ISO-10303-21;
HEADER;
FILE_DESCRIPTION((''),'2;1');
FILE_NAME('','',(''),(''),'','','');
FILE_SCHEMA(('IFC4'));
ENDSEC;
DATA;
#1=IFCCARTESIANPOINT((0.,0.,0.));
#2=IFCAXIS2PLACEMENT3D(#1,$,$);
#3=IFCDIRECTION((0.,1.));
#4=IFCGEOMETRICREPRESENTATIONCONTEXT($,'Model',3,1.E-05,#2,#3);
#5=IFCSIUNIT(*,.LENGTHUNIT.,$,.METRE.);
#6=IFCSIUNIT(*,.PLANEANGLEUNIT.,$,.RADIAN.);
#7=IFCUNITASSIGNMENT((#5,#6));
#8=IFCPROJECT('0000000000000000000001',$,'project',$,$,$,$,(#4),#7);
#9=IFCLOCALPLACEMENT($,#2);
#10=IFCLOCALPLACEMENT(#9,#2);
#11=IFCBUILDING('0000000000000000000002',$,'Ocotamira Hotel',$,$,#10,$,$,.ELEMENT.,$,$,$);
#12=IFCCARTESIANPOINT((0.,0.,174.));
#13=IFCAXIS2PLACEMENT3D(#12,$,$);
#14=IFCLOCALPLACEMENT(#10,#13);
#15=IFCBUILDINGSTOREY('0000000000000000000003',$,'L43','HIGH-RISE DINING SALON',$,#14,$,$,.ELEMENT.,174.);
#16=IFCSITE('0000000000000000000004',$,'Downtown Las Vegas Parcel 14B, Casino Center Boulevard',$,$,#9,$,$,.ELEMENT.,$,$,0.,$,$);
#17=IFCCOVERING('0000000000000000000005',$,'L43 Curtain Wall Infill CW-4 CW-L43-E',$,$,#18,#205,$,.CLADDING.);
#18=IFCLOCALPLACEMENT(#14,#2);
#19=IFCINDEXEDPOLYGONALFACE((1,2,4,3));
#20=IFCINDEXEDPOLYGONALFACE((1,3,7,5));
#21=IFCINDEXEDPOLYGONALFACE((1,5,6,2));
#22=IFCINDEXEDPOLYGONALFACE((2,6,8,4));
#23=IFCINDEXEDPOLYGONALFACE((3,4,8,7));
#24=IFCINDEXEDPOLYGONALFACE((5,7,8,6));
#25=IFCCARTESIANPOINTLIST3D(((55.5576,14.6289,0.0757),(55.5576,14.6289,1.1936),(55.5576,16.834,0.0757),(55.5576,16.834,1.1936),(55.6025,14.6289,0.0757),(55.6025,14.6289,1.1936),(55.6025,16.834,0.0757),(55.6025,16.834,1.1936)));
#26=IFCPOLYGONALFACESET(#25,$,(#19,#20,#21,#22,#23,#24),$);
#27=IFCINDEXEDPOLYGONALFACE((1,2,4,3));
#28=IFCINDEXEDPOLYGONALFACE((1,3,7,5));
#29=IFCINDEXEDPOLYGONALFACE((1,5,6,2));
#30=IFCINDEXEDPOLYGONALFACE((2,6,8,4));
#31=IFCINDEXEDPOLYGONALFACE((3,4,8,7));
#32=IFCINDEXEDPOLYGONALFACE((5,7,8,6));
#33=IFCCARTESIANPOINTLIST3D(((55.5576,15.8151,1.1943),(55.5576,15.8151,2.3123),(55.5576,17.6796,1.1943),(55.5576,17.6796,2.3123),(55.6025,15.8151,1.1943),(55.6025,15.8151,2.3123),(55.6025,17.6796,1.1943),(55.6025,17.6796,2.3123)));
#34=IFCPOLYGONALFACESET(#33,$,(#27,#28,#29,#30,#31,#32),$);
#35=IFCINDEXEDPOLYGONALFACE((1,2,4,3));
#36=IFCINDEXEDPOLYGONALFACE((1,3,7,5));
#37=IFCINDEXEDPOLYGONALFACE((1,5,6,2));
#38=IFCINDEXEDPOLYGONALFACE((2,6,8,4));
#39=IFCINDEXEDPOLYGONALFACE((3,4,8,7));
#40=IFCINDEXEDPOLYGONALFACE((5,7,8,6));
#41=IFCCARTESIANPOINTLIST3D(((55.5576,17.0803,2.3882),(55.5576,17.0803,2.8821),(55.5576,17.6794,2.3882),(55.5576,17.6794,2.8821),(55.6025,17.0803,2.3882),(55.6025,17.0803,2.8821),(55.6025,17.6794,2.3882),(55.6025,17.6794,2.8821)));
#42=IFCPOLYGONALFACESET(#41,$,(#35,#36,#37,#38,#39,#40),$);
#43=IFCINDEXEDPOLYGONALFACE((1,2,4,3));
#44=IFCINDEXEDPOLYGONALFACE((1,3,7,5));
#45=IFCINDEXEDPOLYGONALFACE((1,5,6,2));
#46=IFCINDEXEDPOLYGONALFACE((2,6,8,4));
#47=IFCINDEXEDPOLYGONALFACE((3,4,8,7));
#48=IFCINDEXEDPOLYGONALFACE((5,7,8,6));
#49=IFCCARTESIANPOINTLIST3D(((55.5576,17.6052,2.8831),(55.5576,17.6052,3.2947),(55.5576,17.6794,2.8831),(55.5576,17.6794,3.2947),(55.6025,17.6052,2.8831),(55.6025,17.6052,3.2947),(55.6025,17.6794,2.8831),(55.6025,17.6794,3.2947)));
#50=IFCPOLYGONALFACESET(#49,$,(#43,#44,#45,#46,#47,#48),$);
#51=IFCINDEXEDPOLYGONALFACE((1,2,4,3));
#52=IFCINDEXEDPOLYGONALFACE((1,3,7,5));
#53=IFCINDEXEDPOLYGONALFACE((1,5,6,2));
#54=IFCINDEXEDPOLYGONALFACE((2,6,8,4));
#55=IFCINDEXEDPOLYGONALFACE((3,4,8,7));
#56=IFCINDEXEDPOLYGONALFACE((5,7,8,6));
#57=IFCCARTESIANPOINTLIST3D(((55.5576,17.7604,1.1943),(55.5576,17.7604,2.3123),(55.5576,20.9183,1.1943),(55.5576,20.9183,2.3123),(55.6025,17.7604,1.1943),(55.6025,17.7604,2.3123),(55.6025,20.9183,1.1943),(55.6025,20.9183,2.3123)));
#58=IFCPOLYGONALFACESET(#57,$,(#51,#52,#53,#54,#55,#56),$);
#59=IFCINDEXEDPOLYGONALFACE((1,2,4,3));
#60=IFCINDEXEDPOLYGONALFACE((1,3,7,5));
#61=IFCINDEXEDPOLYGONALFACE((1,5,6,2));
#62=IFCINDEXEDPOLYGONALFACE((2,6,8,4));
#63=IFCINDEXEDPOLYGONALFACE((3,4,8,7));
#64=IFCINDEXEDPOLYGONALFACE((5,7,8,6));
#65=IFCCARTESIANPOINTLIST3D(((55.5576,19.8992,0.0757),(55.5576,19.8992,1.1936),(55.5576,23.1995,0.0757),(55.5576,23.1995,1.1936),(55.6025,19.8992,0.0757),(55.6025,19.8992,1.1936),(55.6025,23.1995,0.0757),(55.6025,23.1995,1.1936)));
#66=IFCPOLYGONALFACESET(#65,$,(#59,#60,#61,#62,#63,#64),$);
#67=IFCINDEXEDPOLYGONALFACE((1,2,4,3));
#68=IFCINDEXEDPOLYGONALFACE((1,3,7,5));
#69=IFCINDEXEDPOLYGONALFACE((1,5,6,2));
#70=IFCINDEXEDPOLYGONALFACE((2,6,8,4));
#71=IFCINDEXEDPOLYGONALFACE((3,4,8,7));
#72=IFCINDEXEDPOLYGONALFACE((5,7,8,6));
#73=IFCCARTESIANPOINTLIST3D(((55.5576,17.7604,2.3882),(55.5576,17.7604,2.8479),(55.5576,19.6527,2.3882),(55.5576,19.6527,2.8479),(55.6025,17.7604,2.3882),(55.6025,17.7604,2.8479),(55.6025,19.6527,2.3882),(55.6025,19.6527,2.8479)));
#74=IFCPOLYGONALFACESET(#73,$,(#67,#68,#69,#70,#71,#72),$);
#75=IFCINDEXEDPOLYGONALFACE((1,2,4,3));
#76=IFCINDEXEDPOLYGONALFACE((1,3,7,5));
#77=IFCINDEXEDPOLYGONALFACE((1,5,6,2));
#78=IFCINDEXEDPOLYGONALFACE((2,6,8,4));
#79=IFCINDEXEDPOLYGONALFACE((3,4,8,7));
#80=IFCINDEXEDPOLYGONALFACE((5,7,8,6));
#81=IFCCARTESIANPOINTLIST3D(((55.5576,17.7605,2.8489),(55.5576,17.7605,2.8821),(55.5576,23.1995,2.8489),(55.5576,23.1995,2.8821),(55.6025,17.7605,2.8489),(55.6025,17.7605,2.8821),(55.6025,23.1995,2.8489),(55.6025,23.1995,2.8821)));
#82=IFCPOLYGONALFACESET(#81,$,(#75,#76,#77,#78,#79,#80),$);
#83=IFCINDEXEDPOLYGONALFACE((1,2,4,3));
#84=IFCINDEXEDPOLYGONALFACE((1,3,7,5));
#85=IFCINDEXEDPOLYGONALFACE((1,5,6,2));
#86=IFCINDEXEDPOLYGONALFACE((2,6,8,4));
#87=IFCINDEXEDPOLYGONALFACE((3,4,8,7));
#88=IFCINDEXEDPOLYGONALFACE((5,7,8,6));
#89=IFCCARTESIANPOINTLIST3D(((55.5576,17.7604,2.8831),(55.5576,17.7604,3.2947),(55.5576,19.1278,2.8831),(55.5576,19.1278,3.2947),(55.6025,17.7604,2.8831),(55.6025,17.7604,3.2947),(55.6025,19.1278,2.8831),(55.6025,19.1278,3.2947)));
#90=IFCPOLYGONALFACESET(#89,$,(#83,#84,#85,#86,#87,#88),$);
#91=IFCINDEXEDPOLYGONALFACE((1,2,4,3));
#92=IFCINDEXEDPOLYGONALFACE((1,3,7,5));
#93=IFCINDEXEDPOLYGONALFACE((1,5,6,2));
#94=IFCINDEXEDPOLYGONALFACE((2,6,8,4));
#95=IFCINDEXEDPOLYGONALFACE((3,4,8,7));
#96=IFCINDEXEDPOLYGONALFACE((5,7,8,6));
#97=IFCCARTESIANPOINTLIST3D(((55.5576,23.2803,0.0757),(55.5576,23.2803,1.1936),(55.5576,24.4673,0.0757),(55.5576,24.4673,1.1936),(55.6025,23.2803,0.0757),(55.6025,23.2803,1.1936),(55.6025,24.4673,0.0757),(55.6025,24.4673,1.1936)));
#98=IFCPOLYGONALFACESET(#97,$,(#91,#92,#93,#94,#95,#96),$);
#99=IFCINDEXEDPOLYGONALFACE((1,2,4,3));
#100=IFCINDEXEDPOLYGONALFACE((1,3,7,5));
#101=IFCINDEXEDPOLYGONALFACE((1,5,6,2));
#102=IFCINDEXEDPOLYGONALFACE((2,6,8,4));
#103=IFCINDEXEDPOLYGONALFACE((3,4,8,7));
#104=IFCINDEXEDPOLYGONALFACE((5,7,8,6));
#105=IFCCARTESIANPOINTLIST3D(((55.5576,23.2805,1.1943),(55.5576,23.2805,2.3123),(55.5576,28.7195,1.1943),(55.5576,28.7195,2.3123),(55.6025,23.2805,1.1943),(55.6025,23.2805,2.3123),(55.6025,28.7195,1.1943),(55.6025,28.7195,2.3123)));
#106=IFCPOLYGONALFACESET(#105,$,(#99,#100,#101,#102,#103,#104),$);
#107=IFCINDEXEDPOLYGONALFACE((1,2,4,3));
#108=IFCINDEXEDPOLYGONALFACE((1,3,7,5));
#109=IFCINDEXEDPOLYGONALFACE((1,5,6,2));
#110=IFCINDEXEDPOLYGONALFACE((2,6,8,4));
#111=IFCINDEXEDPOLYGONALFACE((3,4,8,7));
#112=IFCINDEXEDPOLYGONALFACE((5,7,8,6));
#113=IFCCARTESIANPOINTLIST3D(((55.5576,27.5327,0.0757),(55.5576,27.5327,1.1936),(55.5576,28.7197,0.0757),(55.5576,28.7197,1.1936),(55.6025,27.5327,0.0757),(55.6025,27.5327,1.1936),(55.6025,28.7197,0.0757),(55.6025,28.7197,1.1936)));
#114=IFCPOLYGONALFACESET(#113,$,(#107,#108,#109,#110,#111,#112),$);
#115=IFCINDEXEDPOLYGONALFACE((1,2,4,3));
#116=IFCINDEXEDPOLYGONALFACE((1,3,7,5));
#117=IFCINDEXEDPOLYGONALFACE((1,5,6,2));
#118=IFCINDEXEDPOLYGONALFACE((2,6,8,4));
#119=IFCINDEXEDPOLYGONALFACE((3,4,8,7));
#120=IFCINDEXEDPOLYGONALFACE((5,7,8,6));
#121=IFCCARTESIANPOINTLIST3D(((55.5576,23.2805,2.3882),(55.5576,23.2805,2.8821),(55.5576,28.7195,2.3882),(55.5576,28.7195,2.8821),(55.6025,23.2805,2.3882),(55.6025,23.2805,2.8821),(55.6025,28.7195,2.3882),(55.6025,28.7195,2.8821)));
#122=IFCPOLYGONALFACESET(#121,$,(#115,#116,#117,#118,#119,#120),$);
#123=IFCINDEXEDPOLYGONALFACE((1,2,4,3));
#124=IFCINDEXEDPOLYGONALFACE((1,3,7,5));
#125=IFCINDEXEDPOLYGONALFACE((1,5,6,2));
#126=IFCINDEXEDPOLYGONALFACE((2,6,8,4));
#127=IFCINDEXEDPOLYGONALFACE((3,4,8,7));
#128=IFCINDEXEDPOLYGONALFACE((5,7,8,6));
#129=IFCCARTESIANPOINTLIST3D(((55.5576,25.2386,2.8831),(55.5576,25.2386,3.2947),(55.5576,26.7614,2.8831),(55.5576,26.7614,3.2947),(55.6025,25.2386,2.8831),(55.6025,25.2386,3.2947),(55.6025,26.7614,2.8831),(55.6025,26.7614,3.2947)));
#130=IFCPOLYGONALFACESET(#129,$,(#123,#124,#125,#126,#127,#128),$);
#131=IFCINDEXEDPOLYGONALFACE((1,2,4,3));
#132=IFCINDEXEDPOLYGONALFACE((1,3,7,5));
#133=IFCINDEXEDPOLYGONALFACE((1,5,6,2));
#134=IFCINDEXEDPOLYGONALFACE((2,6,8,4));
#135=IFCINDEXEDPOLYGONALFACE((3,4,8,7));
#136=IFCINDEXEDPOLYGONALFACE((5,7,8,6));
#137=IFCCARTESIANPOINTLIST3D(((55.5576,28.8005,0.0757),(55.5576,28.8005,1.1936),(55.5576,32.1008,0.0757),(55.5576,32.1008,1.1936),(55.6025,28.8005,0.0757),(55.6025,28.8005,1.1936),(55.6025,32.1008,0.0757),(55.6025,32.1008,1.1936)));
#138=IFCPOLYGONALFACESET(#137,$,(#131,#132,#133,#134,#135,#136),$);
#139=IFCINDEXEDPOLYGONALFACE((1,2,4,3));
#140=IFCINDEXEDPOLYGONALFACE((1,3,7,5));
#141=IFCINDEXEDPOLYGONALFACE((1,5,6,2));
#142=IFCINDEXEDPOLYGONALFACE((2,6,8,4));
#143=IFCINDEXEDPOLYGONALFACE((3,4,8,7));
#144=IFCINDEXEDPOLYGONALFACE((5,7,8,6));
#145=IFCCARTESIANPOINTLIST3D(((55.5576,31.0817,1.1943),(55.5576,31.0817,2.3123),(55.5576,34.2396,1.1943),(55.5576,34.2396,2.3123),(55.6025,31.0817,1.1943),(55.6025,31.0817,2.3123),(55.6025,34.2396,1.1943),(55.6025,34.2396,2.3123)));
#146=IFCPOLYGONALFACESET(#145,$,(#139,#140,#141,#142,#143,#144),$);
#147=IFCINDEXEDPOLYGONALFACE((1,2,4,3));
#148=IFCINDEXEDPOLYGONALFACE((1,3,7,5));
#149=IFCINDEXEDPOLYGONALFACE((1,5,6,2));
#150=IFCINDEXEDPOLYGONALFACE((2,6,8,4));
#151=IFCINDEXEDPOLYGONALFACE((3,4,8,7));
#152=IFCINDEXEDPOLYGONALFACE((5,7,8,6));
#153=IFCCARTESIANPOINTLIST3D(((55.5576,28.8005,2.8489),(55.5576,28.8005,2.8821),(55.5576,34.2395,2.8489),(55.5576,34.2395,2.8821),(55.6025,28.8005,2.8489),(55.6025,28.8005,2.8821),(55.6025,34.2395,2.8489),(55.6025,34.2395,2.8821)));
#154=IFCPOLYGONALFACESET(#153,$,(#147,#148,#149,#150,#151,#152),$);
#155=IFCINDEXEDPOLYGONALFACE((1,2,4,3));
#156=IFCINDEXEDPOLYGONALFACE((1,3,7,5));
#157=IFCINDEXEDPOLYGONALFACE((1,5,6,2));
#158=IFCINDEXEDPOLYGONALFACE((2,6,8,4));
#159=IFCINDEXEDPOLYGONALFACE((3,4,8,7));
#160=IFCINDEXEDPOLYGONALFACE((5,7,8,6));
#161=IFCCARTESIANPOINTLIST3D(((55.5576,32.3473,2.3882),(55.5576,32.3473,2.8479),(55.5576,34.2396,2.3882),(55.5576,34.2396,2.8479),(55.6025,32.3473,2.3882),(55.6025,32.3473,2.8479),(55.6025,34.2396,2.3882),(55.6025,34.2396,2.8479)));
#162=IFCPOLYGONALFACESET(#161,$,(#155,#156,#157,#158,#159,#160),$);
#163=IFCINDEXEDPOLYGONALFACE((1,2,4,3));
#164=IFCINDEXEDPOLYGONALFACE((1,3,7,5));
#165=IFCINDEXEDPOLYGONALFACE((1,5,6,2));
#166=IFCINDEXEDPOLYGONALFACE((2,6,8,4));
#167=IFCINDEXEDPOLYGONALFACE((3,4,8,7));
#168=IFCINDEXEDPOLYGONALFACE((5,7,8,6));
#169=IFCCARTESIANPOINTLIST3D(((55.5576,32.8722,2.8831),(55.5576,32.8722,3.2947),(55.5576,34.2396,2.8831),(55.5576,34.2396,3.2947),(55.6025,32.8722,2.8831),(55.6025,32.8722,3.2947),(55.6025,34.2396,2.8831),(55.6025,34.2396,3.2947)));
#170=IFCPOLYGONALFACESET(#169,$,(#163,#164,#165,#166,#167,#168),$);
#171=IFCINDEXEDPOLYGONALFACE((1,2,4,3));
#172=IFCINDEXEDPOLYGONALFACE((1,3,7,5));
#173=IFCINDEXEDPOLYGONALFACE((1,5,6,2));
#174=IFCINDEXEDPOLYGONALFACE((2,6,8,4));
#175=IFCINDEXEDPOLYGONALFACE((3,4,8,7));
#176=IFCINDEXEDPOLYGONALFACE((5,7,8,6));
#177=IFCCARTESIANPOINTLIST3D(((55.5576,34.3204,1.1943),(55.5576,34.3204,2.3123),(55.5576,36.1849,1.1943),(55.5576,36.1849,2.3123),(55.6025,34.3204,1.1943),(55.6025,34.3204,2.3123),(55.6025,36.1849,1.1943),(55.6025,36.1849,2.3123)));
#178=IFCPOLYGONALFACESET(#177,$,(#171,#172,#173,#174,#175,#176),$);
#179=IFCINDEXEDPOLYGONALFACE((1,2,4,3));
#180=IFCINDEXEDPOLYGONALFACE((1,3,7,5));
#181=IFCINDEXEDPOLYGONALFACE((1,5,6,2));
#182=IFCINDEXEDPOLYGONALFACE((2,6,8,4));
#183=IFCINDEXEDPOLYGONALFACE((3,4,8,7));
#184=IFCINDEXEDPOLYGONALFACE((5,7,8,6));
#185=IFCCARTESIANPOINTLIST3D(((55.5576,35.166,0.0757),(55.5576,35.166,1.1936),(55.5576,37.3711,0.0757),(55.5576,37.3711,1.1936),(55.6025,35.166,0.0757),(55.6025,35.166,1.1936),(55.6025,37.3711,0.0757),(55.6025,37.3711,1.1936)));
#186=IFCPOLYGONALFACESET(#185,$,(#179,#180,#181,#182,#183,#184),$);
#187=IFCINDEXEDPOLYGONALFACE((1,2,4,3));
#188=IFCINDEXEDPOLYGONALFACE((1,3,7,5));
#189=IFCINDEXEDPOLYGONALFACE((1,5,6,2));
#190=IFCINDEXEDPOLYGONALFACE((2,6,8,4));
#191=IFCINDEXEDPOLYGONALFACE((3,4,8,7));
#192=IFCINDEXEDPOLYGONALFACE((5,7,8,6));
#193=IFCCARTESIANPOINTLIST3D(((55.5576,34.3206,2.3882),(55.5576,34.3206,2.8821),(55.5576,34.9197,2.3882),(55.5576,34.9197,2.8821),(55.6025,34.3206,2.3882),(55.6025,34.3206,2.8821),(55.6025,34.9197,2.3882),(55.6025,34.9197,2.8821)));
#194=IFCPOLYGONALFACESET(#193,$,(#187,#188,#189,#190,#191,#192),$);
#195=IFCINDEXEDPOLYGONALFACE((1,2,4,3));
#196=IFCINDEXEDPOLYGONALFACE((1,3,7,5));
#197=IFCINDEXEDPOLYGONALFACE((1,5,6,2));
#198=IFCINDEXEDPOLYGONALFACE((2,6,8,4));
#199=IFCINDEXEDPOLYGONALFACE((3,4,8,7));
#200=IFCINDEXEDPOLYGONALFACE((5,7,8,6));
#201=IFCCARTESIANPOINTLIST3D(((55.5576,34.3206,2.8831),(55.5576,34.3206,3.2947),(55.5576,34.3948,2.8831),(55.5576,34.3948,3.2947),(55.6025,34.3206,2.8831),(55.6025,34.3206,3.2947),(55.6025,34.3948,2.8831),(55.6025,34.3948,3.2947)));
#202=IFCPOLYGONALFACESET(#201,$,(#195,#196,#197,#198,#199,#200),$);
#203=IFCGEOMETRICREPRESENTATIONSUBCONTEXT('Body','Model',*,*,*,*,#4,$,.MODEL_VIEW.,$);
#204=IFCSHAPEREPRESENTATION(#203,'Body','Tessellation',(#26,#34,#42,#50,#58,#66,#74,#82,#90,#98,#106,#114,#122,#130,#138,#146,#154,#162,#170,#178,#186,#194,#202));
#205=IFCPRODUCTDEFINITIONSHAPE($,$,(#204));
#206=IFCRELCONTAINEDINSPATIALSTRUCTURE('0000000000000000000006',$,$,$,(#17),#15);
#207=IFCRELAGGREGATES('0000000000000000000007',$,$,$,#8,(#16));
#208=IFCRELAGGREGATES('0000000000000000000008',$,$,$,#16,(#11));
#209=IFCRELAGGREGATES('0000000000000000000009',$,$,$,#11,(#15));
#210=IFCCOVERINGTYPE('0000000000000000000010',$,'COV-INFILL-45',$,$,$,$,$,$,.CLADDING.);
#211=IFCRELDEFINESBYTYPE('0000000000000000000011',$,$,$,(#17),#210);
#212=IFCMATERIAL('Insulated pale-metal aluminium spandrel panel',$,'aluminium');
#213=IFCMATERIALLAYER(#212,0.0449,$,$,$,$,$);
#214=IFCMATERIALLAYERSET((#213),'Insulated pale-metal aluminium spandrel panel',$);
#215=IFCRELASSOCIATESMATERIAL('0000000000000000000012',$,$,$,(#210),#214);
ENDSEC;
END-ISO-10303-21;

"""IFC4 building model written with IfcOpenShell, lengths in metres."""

from ifc_helpers import new_model, si_unit, direction, frame, origin, origin_2d, place, context, subcontext, project, spatial, rectangle, extrude, material, layer, layer_set, type_object, element, save


model = new_model("IFC4")

# Units and contexts
model_context = context("Model", 3, precision=1e-05, world=origin(), true_north=direction((0.0, 1.0)))
body_context = subcontext(model_context, "Body", "Model", "MODEL_VIEW")
ifc_project = project(units=[si_unit("LENGTHUNIT", "METRE"), si_unit("PLANEANGLEUNIT", "RADIAN")], contexts=[model_context])

# Site, building, storey
site_placement = place(None, origin())
site = spatial("IfcSite", under=ifc_project, at=site_placement, Name="Downtown Las Vegas Parcel 14B, Casino Center Boulevard", CompositionType="ELEMENT", RefElevation=0.0)
building_placement = place(site_placement, origin())
building = spatial("IfcBuilding", under=site, at=building_placement, Name="Ocotamira Hotel", CompositionType="ELEMENT")
storey_placement = place(building_placement, frame((0.0, 0.0, 174.0)))
storey = spatial("IfcBuildingStorey", under=building, at=storey_placement, Name="L43", Description="HIGH-RISE DINING SALON", CompositionType="ELEMENT", Elevation=174.0)

# Covering
ifc_material_1 = material(Name="Insulated pale-metal aluminium spandrel panel", Category="aluminium")
ifc_layer_1 = layer(ifc_material_1, 0.0449)
ifc_layer_set_1 = layer_set([ifc_layer_1], Name="Insulated pale-metal aluminium spandrel panel")
covering_type_1 = type_object("IfcCoveringType", Name="COV-INFILL-45", PredefinedType="CLADDING", material=ifc_layer_set_1)
covering_1_placement = place(storey_placement, origin())
element("IfcCovering", 1, at=covering_1_placement, inside=storey, type_object=covering_type_1, Name="L43 Curtain Wall Infill CW-4 CW-L43-E", PredefinedType="CLADDING", context=body_context, shape_type="SweptSolid", body=[
    extrude(rectangle(XDim=2.2051, YDim=0.0449, at=origin_2d()), frame((55.5801, 15.7314, 0.0757), z_axis=(0.0, 0.0, 1.0), x_axis=(0.0, 1.0, 0.0)), (0.0, 0.0, 1.0), 1.1179),
    extrude(rectangle(XDim=1.8645, YDim=0.0449, at=origin_2d()), frame((55.5801, 16.7473, 1.1943), z_axis=(0.0, 0.0, 1.0), x_axis=(0.0, 1.0, 0.0)), (0.0, 0.0, 1.0), 1.1179),
    extrude(rectangle(XDim=0.5991, YDim=0.0449, at=origin_2d()), frame((55.5801, 17.3799, 2.3882), z_axis=(0.0, 0.0, 1.0), x_axis=(0.0, 1.0, 0.0)), (0.0, 0.0, 1.0), 0.4939),
    extrude(rectangle(XDim=0.0742, YDim=0.0449, at=origin_2d()), frame((55.5801, 17.6423, 2.8831), z_axis=(0.0, 0.0, 1.0), x_axis=(0.0, 1.0, 0.0)), (0.0, 0.0, 1.0), 0.4116),
    extrude(rectangle(XDim=3.158, YDim=0.0449, at=origin_2d()), frame((55.5801, 19.3394, 1.1943), z_axis=(0.0, 0.0, 1.0), x_axis=(0.0, 1.0, 0.0)), (0.0, 0.0, 1.0), 1.1179),
    extrude(rectangle(XDim=3.3003, YDim=0.0449, at=origin_2d()), frame((55.5801, 21.5493, 0.0757), z_axis=(0.0, 0.0, 1.0), x_axis=(0.0, 1.0, 0.0)), (0.0, 0.0, 1.0), 1.1179),
    extrude(rectangle(XDim=1.8923, YDim=0.0449, at=origin_2d()), frame((55.5801, 18.7065, 2.3882), z_axis=(0.0, 0.0, 1.0), x_axis=(0.0, 1.0, 0.0)), (0.0, 0.0, 1.0), 0.4597),
    extrude(rectangle(XDim=5.439, YDim=0.0449, at=origin_2d()), frame((55.5801, 20.48, 2.8489), z_axis=(0.0, 0.0, 1.0), x_axis=(0.0, 1.0, 0.0)), (0.0, 0.0, 1.0), 0.0332),
    extrude(rectangle(XDim=1.3674, YDim=0.0449, at=origin_2d()), frame((55.5801, 18.4441, 2.8831), z_axis=(0.0, 0.0, 1.0), x_axis=(0.0, 1.0, 0.0)), (0.0, 0.0, 1.0), 0.4116),
    extrude(rectangle(XDim=1.187, YDim=0.0449, at=origin_2d()), frame((55.5801, 23.8738, 0.0757), z_axis=(0.0, 0.0, 1.0), x_axis=(0.0, 1.0, 0.0)), (0.0, 0.0, 1.0), 1.1179),
    extrude(rectangle(XDim=5.439, YDim=0.0449, at=origin_2d()), frame((55.5801, 26.0, 1.1943), z_axis=(0.0, 0.0, 1.0), x_axis=(0.0, 1.0, 0.0)), (0.0, 0.0, 1.0), 1.1179),
    extrude(rectangle(XDim=1.187, YDim=0.0449, at=origin_2d()), frame((55.5801, 28.1262, 0.0757), z_axis=(0.0, 0.0, 1.0), x_axis=(0.0, 1.0, 0.0)), (0.0, 0.0, 1.0), 1.1179),
    extrude(rectangle(XDim=5.439, YDim=0.0449, at=origin_2d()), frame((55.5801, 26.0, 2.3882), z_axis=(0.0, 0.0, 1.0), x_axis=(0.0, 1.0, 0.0)), (0.0, 0.0, 1.0), 0.4939),
    extrude(rectangle(XDim=1.5227, YDim=0.0449, at=origin_2d()), frame((55.5801, 26.0, 2.8831), z_axis=(0.0, 0.0, 1.0), x_axis=(0.0, 1.0, 0.0)), (0.0, 0.0, 1.0), 0.4116),
    extrude(rectangle(XDim=3.3003, YDim=0.0449, at=origin_2d()), frame((55.5801, 30.4507, 0.0757), z_axis=(0.0, 0.0, 1.0), x_axis=(0.0, 1.0, 0.0)), (0.0, 0.0, 1.0), 1.1179),
    extrude(rectangle(XDim=3.158, YDim=0.0449, at=origin_2d()), frame((55.5801, 32.6606, 1.1943), z_axis=(0.0, 0.0, 1.0), x_axis=(0.0, 1.0, 0.0)), (0.0, 0.0, 1.0), 1.1179),
    extrude(rectangle(XDim=5.439, YDim=0.0449, at=origin_2d()), frame((55.5801, 31.52, 2.8489), z_axis=(0.0, 0.0, 1.0), x_axis=(0.0, 1.0, 0.0)), (0.0, 0.0, 1.0), 0.0332),
    extrude(rectangle(XDim=1.8923, YDim=0.0449, at=origin_2d()), frame((55.5801, 33.2935, 2.3882), z_axis=(0.0, 0.0, 1.0), x_axis=(0.0, 1.0, 0.0)), (0.0, 0.0, 1.0), 0.4597),
    extrude(rectangle(XDim=1.3674, YDim=0.0449, at=origin_2d()), frame((55.5801, 33.5559, 2.8831), z_axis=(0.0, 0.0, 1.0), x_axis=(0.0, 1.0, 0.0)), (0.0, 0.0, 1.0), 0.4116),
    extrude(rectangle(XDim=1.8645, YDim=0.0449, at=origin_2d()), frame((55.5801, 35.2527, 1.1943), z_axis=(0.0, 0.0, 1.0), x_axis=(0.0, 1.0, 0.0)), (0.0, 0.0, 1.0), 1.1179),
    extrude(rectangle(XDim=2.2051, YDim=0.0449, at=origin_2d()), frame((55.5801, 36.2686, 0.0757), z_axis=(0.0, 0.0, 1.0), x_axis=(0.0, 1.0, 0.0)), (0.0, 0.0, 1.0), 1.1179),
    extrude(rectangle(XDim=0.5991, YDim=0.0449, at=origin_2d()), frame((55.5801, 34.6201, 2.3882), z_axis=(0.0, 0.0, 1.0), x_axis=(0.0, 1.0, 0.0)), (0.0, 0.0, 1.0), 0.4939),
    extrude(rectangle(XDim=0.0742, YDim=0.0449, at=origin_2d()), frame((55.5801, 34.3577, 2.8831), z_axis=(0.0, 0.0, 1.0), x_axis=(0.0, 1.0, 0.0)), (0.0, 0.0, 1.0), 0.4116),
])

save(model, "model.ifc")
